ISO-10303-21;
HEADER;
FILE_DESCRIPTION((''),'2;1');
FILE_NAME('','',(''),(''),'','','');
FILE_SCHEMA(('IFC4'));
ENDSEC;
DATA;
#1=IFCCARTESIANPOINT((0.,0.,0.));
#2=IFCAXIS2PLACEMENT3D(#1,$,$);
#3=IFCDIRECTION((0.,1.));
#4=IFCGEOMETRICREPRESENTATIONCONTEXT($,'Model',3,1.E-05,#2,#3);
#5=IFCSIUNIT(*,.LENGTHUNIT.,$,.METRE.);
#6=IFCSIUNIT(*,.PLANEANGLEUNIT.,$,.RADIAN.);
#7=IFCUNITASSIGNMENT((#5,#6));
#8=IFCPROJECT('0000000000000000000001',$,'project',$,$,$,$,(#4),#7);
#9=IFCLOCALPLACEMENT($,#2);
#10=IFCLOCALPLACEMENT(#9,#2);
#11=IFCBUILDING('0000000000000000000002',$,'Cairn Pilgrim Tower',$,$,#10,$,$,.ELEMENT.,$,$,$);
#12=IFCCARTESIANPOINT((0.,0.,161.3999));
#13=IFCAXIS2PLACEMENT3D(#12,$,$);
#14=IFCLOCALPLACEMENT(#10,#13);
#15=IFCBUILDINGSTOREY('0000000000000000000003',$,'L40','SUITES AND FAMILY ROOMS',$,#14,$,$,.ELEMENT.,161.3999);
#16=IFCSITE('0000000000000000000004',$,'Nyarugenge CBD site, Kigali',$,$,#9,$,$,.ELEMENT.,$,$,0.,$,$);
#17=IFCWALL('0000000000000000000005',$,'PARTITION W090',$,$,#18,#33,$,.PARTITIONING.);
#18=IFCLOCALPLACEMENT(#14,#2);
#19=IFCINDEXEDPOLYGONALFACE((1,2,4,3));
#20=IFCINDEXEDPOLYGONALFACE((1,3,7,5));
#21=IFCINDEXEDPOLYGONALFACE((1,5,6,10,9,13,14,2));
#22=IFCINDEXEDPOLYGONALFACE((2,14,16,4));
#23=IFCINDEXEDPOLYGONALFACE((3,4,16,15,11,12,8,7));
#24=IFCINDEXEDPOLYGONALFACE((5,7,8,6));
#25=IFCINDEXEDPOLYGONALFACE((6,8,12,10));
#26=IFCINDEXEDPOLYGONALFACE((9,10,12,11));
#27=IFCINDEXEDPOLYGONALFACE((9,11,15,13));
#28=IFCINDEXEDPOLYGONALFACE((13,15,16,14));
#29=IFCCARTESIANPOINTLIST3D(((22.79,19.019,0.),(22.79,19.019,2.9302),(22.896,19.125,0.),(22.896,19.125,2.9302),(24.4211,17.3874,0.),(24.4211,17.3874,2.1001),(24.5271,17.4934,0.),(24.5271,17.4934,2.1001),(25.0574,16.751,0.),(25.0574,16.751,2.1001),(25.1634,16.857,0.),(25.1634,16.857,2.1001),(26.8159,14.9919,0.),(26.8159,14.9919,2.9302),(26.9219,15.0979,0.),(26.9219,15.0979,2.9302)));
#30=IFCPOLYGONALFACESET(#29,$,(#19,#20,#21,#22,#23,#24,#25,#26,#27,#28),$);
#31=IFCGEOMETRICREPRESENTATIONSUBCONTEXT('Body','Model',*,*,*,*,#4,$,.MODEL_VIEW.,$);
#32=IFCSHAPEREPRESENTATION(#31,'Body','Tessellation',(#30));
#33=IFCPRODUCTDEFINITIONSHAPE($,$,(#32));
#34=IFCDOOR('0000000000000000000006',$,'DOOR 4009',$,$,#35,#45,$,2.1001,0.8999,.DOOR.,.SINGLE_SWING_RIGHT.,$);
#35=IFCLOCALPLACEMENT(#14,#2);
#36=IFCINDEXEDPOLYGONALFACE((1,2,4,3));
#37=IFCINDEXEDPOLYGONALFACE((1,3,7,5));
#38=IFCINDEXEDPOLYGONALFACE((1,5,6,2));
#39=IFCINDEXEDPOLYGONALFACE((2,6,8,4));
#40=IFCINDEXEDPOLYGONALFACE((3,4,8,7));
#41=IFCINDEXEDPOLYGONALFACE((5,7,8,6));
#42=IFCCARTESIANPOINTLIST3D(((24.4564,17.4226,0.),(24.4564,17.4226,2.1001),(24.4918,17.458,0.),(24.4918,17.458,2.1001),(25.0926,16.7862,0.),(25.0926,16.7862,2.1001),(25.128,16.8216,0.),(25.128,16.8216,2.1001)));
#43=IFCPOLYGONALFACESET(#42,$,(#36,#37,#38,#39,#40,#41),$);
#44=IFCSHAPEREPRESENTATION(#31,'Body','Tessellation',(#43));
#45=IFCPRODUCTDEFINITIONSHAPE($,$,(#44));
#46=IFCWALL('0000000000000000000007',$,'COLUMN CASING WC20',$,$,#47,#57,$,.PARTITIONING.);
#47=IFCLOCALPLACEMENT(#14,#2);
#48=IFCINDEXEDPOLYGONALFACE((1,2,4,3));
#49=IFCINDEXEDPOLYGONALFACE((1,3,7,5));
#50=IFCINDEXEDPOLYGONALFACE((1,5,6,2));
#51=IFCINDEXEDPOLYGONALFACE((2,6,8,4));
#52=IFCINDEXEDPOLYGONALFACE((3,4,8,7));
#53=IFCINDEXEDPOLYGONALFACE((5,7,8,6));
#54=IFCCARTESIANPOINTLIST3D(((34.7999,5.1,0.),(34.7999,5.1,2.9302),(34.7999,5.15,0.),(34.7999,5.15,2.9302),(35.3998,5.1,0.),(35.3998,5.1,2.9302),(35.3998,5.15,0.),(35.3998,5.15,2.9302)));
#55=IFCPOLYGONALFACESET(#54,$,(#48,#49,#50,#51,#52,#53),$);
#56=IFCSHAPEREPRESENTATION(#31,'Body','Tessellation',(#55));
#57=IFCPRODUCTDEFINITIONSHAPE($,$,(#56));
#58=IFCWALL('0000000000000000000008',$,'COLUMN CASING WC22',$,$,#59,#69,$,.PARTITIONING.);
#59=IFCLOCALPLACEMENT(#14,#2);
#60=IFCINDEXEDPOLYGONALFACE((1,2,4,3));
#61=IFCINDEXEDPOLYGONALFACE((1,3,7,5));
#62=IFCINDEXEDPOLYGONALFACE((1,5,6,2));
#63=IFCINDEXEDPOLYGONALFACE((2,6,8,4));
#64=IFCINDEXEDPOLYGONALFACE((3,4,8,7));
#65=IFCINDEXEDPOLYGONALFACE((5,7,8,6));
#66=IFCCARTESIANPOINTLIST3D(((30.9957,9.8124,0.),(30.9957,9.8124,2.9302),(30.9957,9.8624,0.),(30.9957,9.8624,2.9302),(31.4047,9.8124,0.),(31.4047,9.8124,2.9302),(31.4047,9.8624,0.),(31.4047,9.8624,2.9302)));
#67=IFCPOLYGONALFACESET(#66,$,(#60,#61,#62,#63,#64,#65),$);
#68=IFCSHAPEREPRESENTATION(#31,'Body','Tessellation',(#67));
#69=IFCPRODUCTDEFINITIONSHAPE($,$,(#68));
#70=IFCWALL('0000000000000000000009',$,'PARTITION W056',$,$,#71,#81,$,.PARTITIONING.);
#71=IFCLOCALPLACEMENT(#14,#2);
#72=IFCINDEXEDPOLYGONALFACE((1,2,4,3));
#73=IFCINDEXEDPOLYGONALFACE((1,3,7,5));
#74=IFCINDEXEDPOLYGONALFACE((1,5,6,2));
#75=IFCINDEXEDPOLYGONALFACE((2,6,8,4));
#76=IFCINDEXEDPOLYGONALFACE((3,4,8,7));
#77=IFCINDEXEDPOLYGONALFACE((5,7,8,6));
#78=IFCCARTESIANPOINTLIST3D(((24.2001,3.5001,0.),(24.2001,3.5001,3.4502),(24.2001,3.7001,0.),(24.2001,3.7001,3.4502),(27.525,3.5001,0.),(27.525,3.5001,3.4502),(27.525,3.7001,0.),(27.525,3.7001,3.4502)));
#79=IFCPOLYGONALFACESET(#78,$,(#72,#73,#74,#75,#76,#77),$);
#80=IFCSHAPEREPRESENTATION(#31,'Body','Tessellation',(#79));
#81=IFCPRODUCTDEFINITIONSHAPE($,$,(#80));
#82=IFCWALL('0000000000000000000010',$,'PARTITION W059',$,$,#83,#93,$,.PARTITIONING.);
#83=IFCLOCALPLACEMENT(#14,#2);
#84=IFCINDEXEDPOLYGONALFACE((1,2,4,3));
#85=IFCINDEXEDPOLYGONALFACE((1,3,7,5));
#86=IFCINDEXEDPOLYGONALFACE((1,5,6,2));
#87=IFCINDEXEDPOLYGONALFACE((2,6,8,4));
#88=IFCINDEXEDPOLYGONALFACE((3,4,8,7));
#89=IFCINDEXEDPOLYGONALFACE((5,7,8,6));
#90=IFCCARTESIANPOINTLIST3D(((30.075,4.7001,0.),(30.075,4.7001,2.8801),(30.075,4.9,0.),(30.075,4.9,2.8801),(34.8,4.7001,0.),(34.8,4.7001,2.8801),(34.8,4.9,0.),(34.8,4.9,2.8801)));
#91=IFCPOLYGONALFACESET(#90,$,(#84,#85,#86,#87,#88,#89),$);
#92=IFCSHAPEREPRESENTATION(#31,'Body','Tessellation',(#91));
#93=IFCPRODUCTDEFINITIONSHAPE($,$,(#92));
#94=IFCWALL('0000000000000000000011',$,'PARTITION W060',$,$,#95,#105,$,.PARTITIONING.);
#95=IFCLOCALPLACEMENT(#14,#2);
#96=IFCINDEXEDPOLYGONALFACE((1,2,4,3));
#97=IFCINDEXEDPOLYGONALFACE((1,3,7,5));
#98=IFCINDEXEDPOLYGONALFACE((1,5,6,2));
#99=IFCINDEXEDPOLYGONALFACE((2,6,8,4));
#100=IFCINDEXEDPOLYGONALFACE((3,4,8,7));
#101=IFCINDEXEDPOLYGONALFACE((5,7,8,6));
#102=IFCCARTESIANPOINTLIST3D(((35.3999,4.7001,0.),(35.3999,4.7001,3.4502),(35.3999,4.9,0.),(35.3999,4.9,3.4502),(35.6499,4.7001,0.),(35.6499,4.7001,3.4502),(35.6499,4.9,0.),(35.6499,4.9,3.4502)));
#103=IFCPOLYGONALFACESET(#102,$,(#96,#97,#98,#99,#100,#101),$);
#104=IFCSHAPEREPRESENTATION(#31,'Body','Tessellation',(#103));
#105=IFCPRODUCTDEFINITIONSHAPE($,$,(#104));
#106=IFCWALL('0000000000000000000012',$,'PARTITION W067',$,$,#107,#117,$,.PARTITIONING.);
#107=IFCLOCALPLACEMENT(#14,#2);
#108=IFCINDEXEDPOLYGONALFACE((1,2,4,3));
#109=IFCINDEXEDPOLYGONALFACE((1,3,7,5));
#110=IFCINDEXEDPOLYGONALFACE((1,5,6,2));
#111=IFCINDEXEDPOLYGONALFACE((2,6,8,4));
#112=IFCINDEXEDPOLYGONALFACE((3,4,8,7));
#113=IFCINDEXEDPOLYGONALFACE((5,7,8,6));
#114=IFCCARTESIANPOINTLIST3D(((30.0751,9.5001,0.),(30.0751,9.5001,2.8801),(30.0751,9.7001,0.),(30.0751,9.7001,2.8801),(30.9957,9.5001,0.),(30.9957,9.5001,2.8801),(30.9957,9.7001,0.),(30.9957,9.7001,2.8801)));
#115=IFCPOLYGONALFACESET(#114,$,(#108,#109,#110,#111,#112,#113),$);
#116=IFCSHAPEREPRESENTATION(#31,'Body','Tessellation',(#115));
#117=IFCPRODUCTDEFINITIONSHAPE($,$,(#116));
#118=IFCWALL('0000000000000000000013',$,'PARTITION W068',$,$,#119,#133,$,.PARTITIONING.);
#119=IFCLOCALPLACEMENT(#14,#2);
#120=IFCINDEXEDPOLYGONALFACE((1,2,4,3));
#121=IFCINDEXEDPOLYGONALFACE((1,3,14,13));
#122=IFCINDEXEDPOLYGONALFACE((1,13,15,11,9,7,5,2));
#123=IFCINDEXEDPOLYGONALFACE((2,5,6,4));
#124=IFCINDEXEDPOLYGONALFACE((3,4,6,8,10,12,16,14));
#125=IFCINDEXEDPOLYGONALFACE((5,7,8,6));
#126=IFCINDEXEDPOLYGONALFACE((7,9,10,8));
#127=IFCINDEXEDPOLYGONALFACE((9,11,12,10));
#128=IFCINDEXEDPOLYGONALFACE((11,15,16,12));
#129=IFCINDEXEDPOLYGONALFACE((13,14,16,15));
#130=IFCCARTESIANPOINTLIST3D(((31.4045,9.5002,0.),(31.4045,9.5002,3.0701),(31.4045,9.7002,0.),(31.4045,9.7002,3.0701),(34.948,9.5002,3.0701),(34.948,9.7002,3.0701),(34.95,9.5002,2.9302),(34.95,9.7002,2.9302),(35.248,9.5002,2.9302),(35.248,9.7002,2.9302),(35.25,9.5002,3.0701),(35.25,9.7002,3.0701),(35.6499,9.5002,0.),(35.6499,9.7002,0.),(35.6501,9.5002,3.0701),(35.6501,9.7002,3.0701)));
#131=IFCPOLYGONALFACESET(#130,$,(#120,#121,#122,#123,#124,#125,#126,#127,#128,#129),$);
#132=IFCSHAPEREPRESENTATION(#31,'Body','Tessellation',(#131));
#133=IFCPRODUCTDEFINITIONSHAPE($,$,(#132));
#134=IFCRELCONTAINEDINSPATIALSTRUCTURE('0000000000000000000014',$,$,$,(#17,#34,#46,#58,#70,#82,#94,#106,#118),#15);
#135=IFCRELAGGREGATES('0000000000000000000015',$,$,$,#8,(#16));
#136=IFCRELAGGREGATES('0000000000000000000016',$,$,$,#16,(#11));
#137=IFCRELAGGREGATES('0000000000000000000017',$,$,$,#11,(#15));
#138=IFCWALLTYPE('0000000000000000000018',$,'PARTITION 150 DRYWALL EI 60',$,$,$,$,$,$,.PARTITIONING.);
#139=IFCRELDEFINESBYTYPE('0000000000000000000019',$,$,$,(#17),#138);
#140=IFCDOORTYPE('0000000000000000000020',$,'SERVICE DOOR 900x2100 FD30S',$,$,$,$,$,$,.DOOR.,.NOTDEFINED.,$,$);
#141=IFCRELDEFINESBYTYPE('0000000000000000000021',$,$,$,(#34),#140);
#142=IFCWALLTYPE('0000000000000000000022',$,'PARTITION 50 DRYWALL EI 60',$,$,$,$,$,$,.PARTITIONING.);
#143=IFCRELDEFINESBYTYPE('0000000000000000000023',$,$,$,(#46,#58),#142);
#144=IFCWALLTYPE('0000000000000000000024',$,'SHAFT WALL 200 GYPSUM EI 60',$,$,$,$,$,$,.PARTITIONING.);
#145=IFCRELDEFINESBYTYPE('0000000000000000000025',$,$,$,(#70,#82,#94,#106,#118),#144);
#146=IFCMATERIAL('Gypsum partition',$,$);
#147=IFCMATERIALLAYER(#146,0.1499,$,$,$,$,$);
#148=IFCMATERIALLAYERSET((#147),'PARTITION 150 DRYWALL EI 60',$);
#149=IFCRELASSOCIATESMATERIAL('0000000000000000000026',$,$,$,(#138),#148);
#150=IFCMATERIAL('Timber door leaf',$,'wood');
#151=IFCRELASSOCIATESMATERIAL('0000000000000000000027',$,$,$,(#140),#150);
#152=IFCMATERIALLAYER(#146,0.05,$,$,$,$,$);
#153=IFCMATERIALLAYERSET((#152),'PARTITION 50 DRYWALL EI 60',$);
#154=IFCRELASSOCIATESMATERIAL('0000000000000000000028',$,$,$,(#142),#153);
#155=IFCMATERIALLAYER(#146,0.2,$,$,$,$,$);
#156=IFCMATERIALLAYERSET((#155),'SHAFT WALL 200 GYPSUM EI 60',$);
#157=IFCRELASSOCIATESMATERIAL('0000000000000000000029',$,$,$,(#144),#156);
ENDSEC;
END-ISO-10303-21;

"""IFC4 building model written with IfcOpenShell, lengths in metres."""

from ifc_helpers import new_model, si_unit, direction, frame, frame_2d, origin, place, context, subcontext, project, spatial, polyline, rectangle, outline, extrude, material, layer, layer_set, type_object, element, fill, save


model = new_model("IFC4")

# Units and contexts
model_context = context("Model", 3, precision=1e-05, world=origin(), true_north=direction((0.0, 1.0)))
body_context = subcontext(model_context, "Body", "Model", "MODEL_VIEW")
ifc_project = project(units=[si_unit("LENGTHUNIT", "METRE"), si_unit("PLANEANGLEUNIT", "RADIAN")], contexts=[model_context])

# Site, building, storey
site_placement = place(None, origin())
site = spatial("IfcSite", under=ifc_project, at=site_placement, Name="Nyarugenge CBD site, Kigali", CompositionType="ELEMENT", RefElevation=0.0)
building_placement = place(site_placement, origin())
building = spatial("IfcBuilding", under=site, at=building_placement, Name="Cairn Pilgrim Tower", CompositionType="ELEMENT")
storey_placement = place(building_placement, frame((0.0, 0.0, 161.3999)))
storey = spatial("IfcBuildingStorey", under=building, at=storey_placement, Name="L40", Description="SUITES AND FAMILY ROOMS", CompositionType="ELEMENT", Elevation=161.3999)

# Shared definitions
ifc_material_1 = material(Name="Gypsum partition")
ifc_material_2 = material(Name="Timber door leaf", Category="wood")

# Shared definitions
ifc_layer_1 = layer(ifc_material_1, 0.1499)
ifc_layer_set_1 = layer_set([ifc_layer_1], Name="PARTITION 150 DRYWALL EI 60")
wall_type_1 = type_object("IfcWallType", Name="PARTITION 150 DRYWALL EI 60", PredefinedType="PARTITIONING", material=ifc_layer_set_1)

# Wall, opening, door
wall_1_placement = place(storey_placement, frame((26.8689, 15.0449, 0.0), z_axis=(0.0, 0.0, 1.0), x_axis=(-0.707, 0.707214, 0.0)))
wall_1 = element("IfcWall", 1, at=wall_1_placement, inside=storey, type_object=wall_type_1, Name="PARTITION W090", PredefinedType="PARTITIONING", context=body_context, shape_type="SweptSolid", body=[
    extrude(rectangle(XDim=5.6943, YDim=0.1499, at=frame_2d((2.8472, 0.0))), origin(), (0.0, 0.0, 1.0), 2.9302),
])
opening_1_placement = place(wall_1_placement, frame((2.4873, 0.0, 0.0)))
opening_1 = element("IfcOpeningElement", 2, at=opening_1_placement, cuts=wall_1, PredefinedType="OPENING", context=body_context, shape_type="SweptSolid", body=[
    extrude(rectangle(XDim=0.8999, YDim=2.1001, at=frame_2d((0.45, 1.05))), frame((0.0, 0.085, 0.0), z_axis=(0.0, -1.0, 0.0), x_axis=(1.0, 0.0, 0.0)), (0.0, 0.0, 1.0), 0.1699),
])
door_type_1 = type_object("IfcDoorType", Name="SERVICE DOOR 900x2100 FD30S", OperationType="NOTDEFINED", PredefinedType="DOOR", material=ifc_material_2)
door_1_placement = place(opening_1_placement, frame((0.8999, 0.0, 0.0), z_axis=(0.0, 0.0, 1.0), x_axis=(-1.0, 0.0, 0.0)))
door_1 = element("IfcDoor", 3, at=door_1_placement, inside=storey, type_object=door_type_1, Name="DOOR 4009", OperationType="SINGLE_SWING_RIGHT", OverallHeight=2.1001, OverallWidth=0.8999, PredefinedType="DOOR", context=body_context, shape_type="SweptSolid", body=[
    extrude(rectangle(XDim=0.8999, YDim=2.1001, at=frame_2d((0.45, 1.05))), frame((0.0, 0.0249, 0.0), z_axis=(0.0, -1.0, 0.0), x_axis=(1.0, 0.0, 0.0)), (0.0, 0.0, 1.0), 0.05),
])
fill(opening_1, door_1)

# Walls
ifc_layer_2 = layer(ifc_material_1, 0.05)
ifc_layer_set_2 = layer_set([ifc_layer_2], Name="PARTITION 50 DRYWALL EI 60")
wall_type_2 = type_object("IfcWallType", Name="PARTITION 50 DRYWALL EI 60", PredefinedType="PARTITIONING", material=ifc_layer_set_2)
wall_2_placement = place(storey_placement, frame((34.8, 5.125, 0.0), z_axis=(0.0, 0.0, 1.0), x_axis=(1.0, 0.0, 0.0)))
element("IfcWall", 4, at=wall_2_placement, inside=storey, type_object=wall_type_2, Name="COLUMN CASING WC20", PredefinedType="PARTITIONING", context=body_context, shape_type="SweptSolid", body=[
    extrude(rectangle(XDim=0.5999, YDim=0.05, at=frame_2d((0.2998, 0.0))), origin(), (0.0, 0.0, 1.0), 2.9302),
])
wall_3_placement = place(storey_placement, frame((30.9956, 9.8374, 0.0), z_axis=(0.0, 0.0, 1.0), x_axis=(1.0, 0.0, 0.0)))
element("IfcWall", 5, at=wall_3_placement, inside=storey, type_object=wall_type_2, Name="COLUMN CASING WC22", PredefinedType="PARTITIONING", context=body_context, shape_type="SweptSolid", body=[
    extrude(rectangle(XDim=0.4089, YDim=0.05, at=frame_2d((0.2046, 0.0))), origin(), (0.0, 0.0, 1.0), 2.9302),
])
ifc_layer_3 = layer(ifc_material_1, 0.2)
ifc_layer_set_3 = layer_set([ifc_layer_3], Name="SHAFT WALL 200 GYPSUM EI 60")
wall_type_3 = type_object("IfcWallType", Name="SHAFT WALL 200 GYPSUM EI 60", PredefinedType="PARTITIONING", material=ifc_layer_set_3)
wall_4_placement = place(storey_placement, frame((24.2, 3.6001, 0.0), z_axis=(0.0, 0.0, 1.0), x_axis=(1.0, 0.0, 0.0)))
element("IfcWall", 6, at=wall_4_placement, inside=storey, type_object=wall_type_3, Name="PARTITION W056", PredefinedType="PARTITIONING", context=body_context, shape_type="SweptSolid", body=[
    extrude(rectangle(XDim=3.325, YDim=0.2, at=frame_2d((1.6626, 0.0))), origin(), (0.0, 0.0, 1.0), 3.4502),
])
wall_5_placement = place(storey_placement, frame((30.075, 4.8, 0.0), z_axis=(0.0, 0.0, 1.0), x_axis=(1.0, 0.0, 0.0)))
element("IfcWall", 7, at=wall_5_placement, inside=storey, type_object=wall_type_3, Name="PARTITION W059", PredefinedType="PARTITIONING", context=body_context, shape_type="SweptSolid", body=[
    extrude(rectangle(XDim=4.7251, YDim=0.2, at=frame_2d((2.3625, 0.0))), origin(), (0.0, 0.0, 1.0), 2.8801),
])
wall_6_placement = place(storey_placement, frame((35.3999, 4.8, 0.0), z_axis=(0.0, 0.0, 1.0), x_axis=(1.0, 0.0, 0.0)))
element("IfcWall", 8, at=wall_6_placement, inside=storey, type_object=wall_type_3, Name="PARTITION W060", PredefinedType="PARTITIONING", context=body_context, shape_type="SweptSolid", body=[
    extrude(rectangle(XDim=0.25, YDim=0.2, at=frame_2d((0.125, 0.0))), origin(), (0.0, 0.0, 1.0), 3.4502),
])
wall_7_placement = place(storey_placement, frame((30.075, 9.6001, 0.0), z_axis=(0.0, 0.0, 1.0), x_axis=(1.0, 0.0, 0.0)))
element("IfcWall", 9, at=wall_7_placement, inside=storey, type_object=wall_type_3, Name="PARTITION W067", PredefinedType="PARTITIONING", context=body_context, shape_type="SweptSolid", body=[
    extrude(rectangle(XDim=0.9207, YDim=0.2, at=frame_2d((0.4604, 0.0))), origin(), (0.0, 0.0, 1.0), 2.8801),
])
wall_8_placement = place(storey_placement, frame((31.4045, 9.6001, 0.0), z_axis=(0.0, 0.0, 1.0), x_axis=(1.0, 0.0, 0.0)))
element("IfcWall", 10, at=wall_8_placement, inside=storey, type_object=wall_type_3, Name="PARTITION W068", PredefinedType="PARTITIONING", context=body_context, shape_type="SweptSolid", body=[
    extrude(outline(polyline([(0.0, 0.0), (4.2454, 0.0), (4.2456, 3.0701), (3.8455, 3.0701), (3.8435, 2.9302), (3.5454, 2.9302), (3.5435, 3.0701), (0.0, 3.0701), (0.0, 0.0)])), frame((0.0, 0.1001, 0.0), z_axis=(0.0, -1.0, 0.0), x_axis=(1.0, 0.0, 0.0)), (0.0, 0.0, 1.0), 0.2),
])

save(model, "model.ifc")
